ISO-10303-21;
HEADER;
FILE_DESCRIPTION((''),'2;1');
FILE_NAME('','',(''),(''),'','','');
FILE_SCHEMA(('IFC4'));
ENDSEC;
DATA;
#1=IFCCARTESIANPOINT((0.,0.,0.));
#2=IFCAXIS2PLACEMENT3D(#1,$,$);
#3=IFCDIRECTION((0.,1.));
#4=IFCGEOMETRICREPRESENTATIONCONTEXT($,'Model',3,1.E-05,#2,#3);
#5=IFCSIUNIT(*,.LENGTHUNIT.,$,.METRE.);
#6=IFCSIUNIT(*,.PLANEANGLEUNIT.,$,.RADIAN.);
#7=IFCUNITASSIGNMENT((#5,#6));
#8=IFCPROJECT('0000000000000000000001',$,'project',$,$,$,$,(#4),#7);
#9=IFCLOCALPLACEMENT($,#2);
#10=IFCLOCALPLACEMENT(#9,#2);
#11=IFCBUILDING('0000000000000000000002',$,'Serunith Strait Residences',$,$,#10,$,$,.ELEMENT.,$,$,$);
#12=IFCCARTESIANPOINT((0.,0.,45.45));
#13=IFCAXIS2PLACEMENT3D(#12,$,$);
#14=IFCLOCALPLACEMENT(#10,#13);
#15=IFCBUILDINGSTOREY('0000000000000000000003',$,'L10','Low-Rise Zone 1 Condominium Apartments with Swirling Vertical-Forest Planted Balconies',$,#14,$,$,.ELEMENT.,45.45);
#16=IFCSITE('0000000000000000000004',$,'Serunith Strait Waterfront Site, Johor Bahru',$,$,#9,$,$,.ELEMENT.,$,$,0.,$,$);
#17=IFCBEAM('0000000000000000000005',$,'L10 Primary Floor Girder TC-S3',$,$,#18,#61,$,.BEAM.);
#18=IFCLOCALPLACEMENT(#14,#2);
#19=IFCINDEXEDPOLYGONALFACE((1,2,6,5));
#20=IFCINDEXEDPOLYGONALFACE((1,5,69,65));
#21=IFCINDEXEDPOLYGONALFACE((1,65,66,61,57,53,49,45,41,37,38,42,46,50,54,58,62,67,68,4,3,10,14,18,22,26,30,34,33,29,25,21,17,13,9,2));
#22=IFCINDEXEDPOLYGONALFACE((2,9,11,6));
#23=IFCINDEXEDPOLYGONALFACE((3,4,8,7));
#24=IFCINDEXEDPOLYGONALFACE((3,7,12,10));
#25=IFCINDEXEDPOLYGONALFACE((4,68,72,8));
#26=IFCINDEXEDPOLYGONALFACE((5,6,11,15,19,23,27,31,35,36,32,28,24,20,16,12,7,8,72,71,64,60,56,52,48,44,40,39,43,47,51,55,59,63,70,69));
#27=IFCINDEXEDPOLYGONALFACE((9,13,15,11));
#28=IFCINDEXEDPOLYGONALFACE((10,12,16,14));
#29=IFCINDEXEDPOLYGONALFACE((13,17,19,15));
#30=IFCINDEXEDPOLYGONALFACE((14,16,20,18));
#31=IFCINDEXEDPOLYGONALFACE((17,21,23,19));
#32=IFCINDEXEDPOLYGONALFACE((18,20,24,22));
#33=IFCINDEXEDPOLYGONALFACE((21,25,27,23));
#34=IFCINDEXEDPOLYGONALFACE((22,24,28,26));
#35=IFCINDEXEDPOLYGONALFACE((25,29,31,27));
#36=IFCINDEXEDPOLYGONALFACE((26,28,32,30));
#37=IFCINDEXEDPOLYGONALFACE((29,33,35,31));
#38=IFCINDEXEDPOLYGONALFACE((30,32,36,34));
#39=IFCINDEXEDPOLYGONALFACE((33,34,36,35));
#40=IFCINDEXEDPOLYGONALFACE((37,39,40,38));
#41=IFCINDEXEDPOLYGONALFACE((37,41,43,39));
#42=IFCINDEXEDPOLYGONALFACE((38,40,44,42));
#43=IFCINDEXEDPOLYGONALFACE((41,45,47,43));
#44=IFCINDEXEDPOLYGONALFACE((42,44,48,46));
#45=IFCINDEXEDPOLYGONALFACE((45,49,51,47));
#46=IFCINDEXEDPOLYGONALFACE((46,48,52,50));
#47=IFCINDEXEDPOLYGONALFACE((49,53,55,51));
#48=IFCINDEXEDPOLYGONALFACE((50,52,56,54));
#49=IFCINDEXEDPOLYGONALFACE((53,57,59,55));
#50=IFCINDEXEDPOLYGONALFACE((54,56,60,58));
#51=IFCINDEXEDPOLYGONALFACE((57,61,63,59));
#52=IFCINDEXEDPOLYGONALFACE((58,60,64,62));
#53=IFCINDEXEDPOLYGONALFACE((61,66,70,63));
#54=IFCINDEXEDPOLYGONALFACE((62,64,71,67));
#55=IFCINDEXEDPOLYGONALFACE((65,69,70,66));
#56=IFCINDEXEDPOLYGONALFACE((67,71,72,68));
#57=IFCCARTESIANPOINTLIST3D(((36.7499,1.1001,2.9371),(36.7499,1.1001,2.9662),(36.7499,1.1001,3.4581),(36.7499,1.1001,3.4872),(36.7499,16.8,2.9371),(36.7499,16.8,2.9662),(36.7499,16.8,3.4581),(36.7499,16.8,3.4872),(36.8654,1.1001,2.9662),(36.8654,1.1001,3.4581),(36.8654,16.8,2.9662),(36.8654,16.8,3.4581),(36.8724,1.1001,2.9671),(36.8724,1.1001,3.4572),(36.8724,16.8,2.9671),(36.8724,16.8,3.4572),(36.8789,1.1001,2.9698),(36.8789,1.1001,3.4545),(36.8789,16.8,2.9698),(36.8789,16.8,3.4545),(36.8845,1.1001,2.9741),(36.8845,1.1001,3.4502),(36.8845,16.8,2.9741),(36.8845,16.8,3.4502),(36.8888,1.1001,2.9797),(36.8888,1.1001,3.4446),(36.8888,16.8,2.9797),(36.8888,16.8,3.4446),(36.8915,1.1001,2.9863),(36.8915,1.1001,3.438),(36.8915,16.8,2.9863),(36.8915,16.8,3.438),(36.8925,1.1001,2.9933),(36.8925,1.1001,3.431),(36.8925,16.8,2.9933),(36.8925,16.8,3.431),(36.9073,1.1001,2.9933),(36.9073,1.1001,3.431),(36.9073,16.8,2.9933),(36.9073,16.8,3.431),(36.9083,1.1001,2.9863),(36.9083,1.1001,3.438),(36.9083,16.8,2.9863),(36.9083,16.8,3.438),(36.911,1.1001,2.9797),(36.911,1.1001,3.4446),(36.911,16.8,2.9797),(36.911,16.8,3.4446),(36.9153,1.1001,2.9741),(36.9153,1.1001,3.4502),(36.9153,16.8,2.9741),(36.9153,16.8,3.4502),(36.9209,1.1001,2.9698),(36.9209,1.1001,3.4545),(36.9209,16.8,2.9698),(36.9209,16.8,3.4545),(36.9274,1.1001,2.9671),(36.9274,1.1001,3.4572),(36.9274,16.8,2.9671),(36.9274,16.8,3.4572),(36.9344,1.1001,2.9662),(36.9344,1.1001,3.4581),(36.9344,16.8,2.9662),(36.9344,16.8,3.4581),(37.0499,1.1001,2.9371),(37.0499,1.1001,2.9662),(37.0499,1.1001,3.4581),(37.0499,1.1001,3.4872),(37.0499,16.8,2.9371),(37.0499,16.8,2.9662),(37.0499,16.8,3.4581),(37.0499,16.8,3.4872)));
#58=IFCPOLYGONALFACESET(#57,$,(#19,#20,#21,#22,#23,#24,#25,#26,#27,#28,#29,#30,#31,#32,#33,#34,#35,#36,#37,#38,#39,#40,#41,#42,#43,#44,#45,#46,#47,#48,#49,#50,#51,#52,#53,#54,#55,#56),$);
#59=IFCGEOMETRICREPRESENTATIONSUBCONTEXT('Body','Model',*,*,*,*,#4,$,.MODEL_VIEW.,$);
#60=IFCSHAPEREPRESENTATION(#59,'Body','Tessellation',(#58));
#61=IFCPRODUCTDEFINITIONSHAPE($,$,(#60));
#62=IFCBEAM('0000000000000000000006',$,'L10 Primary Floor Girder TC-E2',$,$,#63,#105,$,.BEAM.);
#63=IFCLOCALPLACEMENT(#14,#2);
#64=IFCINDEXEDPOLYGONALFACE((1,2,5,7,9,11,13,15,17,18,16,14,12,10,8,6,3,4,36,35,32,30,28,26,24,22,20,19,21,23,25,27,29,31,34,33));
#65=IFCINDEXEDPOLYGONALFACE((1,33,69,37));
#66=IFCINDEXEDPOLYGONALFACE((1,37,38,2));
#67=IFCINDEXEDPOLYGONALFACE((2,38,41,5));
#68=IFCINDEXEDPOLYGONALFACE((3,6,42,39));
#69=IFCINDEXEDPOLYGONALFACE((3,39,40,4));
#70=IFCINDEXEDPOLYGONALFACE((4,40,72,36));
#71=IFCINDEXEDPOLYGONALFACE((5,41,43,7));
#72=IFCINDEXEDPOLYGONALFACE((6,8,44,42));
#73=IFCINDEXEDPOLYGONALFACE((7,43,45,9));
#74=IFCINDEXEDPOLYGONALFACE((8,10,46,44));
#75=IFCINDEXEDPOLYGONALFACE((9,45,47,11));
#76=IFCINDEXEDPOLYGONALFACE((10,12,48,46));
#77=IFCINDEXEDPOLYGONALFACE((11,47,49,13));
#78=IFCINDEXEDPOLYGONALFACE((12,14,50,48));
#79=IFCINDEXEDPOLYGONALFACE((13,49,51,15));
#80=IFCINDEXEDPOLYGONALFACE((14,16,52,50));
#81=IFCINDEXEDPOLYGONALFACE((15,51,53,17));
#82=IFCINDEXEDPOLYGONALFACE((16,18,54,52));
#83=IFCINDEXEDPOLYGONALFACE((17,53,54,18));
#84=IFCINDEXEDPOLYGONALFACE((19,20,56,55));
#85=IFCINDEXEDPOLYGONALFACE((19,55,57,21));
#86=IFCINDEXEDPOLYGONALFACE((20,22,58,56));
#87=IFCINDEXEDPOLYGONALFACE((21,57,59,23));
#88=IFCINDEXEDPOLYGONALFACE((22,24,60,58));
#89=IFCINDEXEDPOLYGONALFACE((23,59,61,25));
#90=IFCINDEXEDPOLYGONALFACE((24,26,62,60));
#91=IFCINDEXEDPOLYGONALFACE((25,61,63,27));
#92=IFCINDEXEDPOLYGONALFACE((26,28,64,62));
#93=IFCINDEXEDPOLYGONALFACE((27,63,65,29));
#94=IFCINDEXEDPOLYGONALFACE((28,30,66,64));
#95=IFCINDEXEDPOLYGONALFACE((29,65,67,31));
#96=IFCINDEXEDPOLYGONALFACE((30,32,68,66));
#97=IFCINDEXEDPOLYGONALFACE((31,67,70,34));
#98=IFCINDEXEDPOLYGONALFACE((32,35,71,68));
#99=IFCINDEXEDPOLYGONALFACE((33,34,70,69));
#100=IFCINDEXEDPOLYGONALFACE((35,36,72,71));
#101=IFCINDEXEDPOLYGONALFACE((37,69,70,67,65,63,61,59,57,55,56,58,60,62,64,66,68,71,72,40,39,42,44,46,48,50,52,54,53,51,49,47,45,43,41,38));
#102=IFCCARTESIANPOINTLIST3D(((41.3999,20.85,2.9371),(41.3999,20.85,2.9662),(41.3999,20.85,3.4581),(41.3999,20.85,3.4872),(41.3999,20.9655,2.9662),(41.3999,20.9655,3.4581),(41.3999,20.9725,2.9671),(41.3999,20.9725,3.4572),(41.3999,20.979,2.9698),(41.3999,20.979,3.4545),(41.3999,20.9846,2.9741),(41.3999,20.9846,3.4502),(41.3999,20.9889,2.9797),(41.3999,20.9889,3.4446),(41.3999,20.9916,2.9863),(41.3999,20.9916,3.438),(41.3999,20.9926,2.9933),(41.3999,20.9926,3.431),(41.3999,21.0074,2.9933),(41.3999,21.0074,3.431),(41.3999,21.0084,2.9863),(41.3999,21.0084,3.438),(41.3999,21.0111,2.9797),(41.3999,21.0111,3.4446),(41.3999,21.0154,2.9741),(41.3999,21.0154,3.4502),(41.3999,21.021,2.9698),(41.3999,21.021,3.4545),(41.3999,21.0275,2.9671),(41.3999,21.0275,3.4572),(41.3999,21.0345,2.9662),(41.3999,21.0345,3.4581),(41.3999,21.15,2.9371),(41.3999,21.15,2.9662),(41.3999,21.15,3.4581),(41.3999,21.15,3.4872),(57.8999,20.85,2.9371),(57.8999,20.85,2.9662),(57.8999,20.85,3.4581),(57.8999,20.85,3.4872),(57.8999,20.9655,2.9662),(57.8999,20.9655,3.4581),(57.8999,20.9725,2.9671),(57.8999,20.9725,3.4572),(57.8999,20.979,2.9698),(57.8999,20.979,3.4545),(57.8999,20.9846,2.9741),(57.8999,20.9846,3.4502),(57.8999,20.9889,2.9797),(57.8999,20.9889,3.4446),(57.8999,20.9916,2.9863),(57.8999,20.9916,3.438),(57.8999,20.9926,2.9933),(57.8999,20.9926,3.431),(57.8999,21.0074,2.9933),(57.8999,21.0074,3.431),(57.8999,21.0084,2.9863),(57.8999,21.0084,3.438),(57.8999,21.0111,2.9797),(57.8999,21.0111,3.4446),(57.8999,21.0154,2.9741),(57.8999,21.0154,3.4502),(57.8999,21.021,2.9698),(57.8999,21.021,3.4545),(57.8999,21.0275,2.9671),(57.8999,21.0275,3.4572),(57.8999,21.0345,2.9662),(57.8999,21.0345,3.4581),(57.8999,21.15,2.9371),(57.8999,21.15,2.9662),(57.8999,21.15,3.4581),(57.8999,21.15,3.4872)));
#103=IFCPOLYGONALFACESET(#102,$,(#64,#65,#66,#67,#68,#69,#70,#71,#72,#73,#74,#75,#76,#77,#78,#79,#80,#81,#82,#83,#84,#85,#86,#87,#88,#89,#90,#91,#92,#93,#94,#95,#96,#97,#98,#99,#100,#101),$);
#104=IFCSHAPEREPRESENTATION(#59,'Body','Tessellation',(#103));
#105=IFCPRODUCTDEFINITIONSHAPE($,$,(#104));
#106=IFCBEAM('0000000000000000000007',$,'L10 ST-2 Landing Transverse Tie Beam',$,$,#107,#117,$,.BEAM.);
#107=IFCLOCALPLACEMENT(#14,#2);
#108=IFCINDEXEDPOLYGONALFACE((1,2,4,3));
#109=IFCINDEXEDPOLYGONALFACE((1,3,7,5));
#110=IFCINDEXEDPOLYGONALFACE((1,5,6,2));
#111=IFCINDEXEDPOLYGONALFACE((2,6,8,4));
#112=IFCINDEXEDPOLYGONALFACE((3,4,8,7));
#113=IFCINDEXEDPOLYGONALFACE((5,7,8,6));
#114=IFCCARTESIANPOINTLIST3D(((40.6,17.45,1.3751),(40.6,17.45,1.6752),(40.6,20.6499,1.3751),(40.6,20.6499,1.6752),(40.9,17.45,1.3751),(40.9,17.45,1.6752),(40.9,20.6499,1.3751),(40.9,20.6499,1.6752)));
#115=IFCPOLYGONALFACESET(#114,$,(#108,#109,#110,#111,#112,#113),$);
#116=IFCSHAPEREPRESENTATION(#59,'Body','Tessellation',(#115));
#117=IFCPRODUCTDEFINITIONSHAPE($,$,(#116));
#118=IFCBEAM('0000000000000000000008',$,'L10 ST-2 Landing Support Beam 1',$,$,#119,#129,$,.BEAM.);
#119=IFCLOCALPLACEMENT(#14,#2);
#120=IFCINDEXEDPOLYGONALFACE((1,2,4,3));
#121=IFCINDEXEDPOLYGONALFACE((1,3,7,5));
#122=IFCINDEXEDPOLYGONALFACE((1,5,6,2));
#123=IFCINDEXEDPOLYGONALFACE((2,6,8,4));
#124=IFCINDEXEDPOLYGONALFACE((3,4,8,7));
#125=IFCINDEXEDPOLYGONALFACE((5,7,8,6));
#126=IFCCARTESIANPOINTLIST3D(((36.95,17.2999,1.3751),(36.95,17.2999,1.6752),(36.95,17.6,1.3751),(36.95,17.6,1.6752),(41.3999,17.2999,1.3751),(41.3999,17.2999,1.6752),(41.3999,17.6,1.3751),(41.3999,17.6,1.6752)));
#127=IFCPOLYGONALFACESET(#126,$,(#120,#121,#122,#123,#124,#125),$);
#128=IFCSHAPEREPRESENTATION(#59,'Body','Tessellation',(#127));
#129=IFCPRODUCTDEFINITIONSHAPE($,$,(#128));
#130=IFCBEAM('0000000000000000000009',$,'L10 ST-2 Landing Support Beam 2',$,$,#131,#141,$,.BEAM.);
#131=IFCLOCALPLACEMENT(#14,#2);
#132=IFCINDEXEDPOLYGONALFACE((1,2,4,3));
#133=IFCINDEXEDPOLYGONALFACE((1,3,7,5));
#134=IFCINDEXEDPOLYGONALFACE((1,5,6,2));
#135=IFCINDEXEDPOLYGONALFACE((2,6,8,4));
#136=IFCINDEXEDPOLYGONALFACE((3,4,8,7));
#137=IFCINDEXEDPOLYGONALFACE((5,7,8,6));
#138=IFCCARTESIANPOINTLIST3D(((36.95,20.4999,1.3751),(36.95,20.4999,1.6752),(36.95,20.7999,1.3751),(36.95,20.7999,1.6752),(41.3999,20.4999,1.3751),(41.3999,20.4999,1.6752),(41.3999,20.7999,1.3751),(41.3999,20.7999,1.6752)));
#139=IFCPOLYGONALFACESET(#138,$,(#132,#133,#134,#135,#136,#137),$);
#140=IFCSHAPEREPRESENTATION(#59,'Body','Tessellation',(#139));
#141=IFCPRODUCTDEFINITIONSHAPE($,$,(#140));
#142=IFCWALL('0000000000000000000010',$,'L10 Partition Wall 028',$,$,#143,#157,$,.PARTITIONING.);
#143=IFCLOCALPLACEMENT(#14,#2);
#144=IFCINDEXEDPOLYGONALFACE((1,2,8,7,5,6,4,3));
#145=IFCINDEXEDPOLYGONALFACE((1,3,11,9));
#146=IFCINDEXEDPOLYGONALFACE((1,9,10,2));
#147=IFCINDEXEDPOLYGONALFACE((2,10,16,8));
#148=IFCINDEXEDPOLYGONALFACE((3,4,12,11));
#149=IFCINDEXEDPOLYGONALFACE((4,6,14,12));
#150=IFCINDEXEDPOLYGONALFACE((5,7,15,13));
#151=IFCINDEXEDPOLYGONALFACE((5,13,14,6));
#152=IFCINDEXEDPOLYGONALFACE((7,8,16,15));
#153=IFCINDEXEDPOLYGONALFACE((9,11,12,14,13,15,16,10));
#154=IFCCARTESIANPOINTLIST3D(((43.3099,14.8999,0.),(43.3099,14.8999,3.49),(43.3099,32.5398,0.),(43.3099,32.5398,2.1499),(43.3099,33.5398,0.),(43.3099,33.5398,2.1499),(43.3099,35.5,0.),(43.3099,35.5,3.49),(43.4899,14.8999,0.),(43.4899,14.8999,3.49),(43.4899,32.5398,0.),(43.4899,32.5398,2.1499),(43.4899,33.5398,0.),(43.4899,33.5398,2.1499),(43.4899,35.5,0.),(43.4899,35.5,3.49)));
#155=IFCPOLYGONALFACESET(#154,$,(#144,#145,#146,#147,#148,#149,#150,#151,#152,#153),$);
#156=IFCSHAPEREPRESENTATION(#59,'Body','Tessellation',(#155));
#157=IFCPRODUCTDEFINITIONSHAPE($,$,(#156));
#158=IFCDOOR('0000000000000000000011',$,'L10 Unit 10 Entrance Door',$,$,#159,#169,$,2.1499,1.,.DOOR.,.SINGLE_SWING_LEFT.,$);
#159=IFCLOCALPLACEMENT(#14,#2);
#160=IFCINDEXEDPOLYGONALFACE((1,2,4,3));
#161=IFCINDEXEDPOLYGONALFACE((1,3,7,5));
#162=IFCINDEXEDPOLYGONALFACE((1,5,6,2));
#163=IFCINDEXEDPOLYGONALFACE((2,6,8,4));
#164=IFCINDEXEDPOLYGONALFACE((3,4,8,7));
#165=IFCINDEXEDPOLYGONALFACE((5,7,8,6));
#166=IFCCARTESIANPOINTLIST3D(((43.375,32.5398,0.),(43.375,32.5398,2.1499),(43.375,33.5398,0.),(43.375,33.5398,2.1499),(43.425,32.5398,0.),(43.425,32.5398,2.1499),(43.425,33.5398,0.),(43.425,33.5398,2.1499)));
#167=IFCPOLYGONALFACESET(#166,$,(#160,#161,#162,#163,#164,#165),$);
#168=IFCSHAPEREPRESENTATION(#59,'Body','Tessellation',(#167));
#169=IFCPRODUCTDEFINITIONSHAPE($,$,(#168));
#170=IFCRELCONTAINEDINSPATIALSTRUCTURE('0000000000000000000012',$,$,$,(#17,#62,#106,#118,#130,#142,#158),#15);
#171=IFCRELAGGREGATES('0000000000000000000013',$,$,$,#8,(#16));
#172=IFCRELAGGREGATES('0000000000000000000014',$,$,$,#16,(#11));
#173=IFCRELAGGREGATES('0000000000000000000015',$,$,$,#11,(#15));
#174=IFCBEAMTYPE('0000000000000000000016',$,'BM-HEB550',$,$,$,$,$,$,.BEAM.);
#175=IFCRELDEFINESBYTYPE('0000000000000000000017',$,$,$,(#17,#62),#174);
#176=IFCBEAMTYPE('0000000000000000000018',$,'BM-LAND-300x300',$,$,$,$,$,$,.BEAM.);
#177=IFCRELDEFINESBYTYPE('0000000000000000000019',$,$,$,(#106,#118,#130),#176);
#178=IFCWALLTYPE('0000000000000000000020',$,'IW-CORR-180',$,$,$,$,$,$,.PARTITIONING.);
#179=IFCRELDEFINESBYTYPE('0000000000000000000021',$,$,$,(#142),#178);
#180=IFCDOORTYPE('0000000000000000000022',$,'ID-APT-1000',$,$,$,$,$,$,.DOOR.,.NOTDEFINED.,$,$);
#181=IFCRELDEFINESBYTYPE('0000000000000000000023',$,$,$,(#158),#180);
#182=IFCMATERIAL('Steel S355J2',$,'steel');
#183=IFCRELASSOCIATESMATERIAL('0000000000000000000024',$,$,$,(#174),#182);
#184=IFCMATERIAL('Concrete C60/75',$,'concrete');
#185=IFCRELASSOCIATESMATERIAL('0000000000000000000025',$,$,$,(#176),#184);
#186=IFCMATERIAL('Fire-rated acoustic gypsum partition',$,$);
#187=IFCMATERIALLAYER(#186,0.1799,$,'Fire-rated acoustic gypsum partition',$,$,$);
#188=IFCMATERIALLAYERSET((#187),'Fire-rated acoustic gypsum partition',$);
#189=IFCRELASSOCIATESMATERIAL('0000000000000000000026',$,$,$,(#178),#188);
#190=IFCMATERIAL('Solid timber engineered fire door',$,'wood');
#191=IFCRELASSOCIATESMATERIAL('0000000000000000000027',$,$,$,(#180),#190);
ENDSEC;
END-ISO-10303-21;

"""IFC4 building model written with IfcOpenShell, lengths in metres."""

from ifc_helpers import new_model, si_unit, direction, frame, frame_2d, origin, origin_2d, place, context, subcontext, project, spatial, rectangle, i_section, extrude, source, transform, mapped, material, layer, layer_set, material_profile, profile_set, type_object, element, fill, save


model = new_model("IFC4")

# Units and contexts
model_context = context("Model", 3, precision=1e-05, world=origin(), true_north=direction((0.0, 1.0)))
body_context = subcontext(model_context, "Body", "Model", "MODEL_VIEW")
ifc_project = project(units=[si_unit("LENGTHUNIT", "METRE"), si_unit("PLANEANGLEUNIT", "RADIAN")], contexts=[model_context])

# Site, building, storey
site_placement = place(None, origin())
site = spatial("IfcSite", under=ifc_project, at=site_placement, Name="Serunith Strait Waterfront Site, Johor Bahru", CompositionType="ELEMENT", RefElevation=0.0)
building_placement = place(site_placement, origin())
building = spatial("IfcBuilding", under=site, at=building_placement, Name="Serunith Strait Residences", CompositionType="ELEMENT")
storey_placement = place(building_placement, frame((0.0, 0.0, 45.45)))
storey = spatial("IfcBuildingStorey", under=building, at=storey_placement, Name="L10", Description="Low-Rise Zone 1 Condominium Apartments with Swirling Vertical-Forest Planted Balconies", CompositionType="ELEMENT", Elevation=45.45)

# Beams
ifc_material_1 = material(Name="Steel S355J2", Category="steel")
ifc_material_profile_1 = material_profile(ifc_material_1, i_section(OverallWidth=0.3, OverallDepth=0.55, WebThickness=0.0149, FlangeThickness=0.0291, FilletRadius=0.0271, at=origin_2d()), Name="HEB 550")
ifc_profile_set_1 = profile_set([ifc_material_profile_1], Name="Steel S355J2")
beam_type_1 = type_object("IfcBeamType", Name="BM-HEB550", PredefinedType="BEAM", material=ifc_profile_set_1)
shared_shape_1 = source(origin(), body_context, "Body", "SweptSolid", [
    extrude(i_section(OverallWidth=0.3, OverallDepth=0.55, WebThickness=0.0149, FlangeThickness=0.0291, FilletRadius=0.0271, at=origin_2d()), origin(), (0.0, 0.0, 1.0), 15.7),
])
beam_1_placement = place(storey_placement, frame((36.8999, 16.8, 3.2122), z_axis=(0.0, -1.0, 0.0), x_axis=(1.0, 0.0, 0.0)))
element("IfcBeam", 1, at=beam_1_placement, inside=storey, type_object=beam_type_1, Name="L10 Primary Floor Girder TC-S3", PredefinedType="BEAM", context=body_context, shape_type="MappedRepresentation", body=[
    mapped(shared_shape_1, transform((0.0, 0.0, 0.0), scale=1.0)),
])
shared_shape_2 = source(origin(), body_context, "Body", "SweptSolid", [
    extrude(i_section(OverallWidth=0.3, OverallDepth=0.55, WebThickness=0.0149, FlangeThickness=0.0291, FilletRadius=0.0271, at=origin_2d()), origin(), (0.0, 0.0, 1.0), 16.5),
])
beam_2_placement = place(storey_placement, frame((41.3999, 21.0, 3.2122), z_axis=(1.0, 0.0, 0.0), x_axis=(0.0, 1.0, 0.0)))
element("IfcBeam", 2, at=beam_2_placement, inside=storey, type_object=beam_type_1, Name="L10 Primary Floor Girder TC-E2", PredefinedType="BEAM", context=body_context, shape_type="MappedRepresentation", body=[
    mapped(shared_shape_2, transform((0.0, 0.0, 0.0), scale=1.0)),
])
ifc_material_2 = material(Name="Concrete C60/75", Category="concrete")
ifc_material_profile_2 = material_profile(ifc_material_2, rectangle(XDim=0.3, YDim=0.3, at=origin_2d()), Name="RC 300x300")
ifc_profile_set_2 = profile_set([ifc_material_profile_2], Name="Concrete C60/75")
beam_type_2 = type_object("IfcBeamType", Name="BM-LAND-300x300", PredefinedType="BEAM", material=ifc_profile_set_2)
shared_shape_3 = source(origin(), body_context, "Body", "SweptSolid", [
    extrude(rectangle(XDim=0.3, YDim=0.3, at=origin_2d()), origin(), (0.0, 0.0, 1.0), 3.2),
])
beam_3_placement = place(storey_placement, frame((40.75, 17.45, 1.5251), z_axis=(0.0, 1.0, 0.0), x_axis=(-1.0, 0.0, 0.0)))
element("IfcBeam", 3, at=beam_3_placement, inside=storey, type_object=beam_type_2, Name="L10 ST-2 Landing Transverse Tie Beam", PredefinedType="BEAM", context=body_context, shape_type="MappedRepresentation", body=[
    mapped(shared_shape_3, transform((0.0, 0.0, 0.0), scale=1.0)),
])
shared_shape_4 = source(origin(), body_context, "Body", "SweptSolid", [
    extrude(rectangle(XDim=0.3, YDim=0.3, at=origin_2d()), origin(), (0.0, 0.0, 1.0), 4.45),
])
for number, where, z_axis, x_axis, name in (
    (4, (36.95, 17.45, 1.5251), (1.0, 0.0, 0.0), (0.0, 1.0, 0.0), "L10 ST-2 Landing Support Beam 1"),
    (5, (36.95, 20.6499, 1.5251), (1.0, 0.0, 0.0), (0.0, 1.0, 0.0), "L10 ST-2 Landing Support Beam 2"),
):
    element("IfcBeam", number, at=place(storey_placement, frame(where, z_axis=z_axis, x_axis=x_axis)), inside=storey, type_object=beam_type_2, Name=name, PredefinedType="BEAM", context=body_context, shape_type="MappedRepresentation", body=[
        mapped(shared_shape_4, transform((0.0, 0.0, 0.0), scale=1.0)),
    ])

# Wall, opening, door
ifc_material_3 = material(Name="Fire-rated acoustic gypsum partition")
ifc_layer_1 = layer(ifc_material_3, 0.1799, Name="Fire-rated acoustic gypsum partition")
ifc_layer_set_1 = layer_set([ifc_layer_1], Name="Fire-rated acoustic gypsum partition")
wall_type_1 = type_object("IfcWallType", Name="IW-CORR-180", PredefinedType="PARTITIONING", material=ifc_layer_set_1)
wall_1_placement = place(storey_placement, frame((43.3999, 14.8999, 0.0), z_axis=(0.0, 0.0, 1.0), x_axis=(0.0, 1.0, 0.0)))
wall_1 = element("IfcWall", 6, at=wall_1_placement, inside=storey, type_object=wall_type_1, Name="L10 Partition Wall 028", PredefinedType="PARTITIONING", context=body_context, shape_type="SweptSolid", body=[
    extrude(rectangle(XDim=20.6001, YDim=0.1799, at=frame_2d((10.3, 0.0))), origin(), (0.0, 0.0, 1.0), 3.49),
])
opening_1_placement = place(wall_1_placement, frame((17.6399, 0.0, 0.0)))
opening_1 = element("IfcOpeningElement", 7, at=opening_1_placement, cuts=wall_1, PredefinedType="OPENING", context=body_context, shape_type="SweptSolid", body=[
    extrude(rectangle(XDim=1.0, YDim=2.1499, at=frame_2d((0.5, 1.075))), frame((0.0, 0.1001, 0.0), z_axis=(0.0, -1.0, 0.0), x_axis=(1.0, 0.0, 0.0)), (0.0, 0.0, 1.0), 0.2),
])
ifc_material_4 = material(Name="Solid timber engineered fire door", Category="wood")
door_type_1 = type_object("IfcDoorType", Name="ID-APT-1000", OperationType="NOTDEFINED", PredefinedType="DOOR", material=ifc_material_4)
shared_shape_5 = source(origin(), body_context, "Body", "SweptSolid", [
    extrude(rectangle(XDim=1.0, YDim=2.1499, at=frame_2d((0.5, 1.075))), frame((0.0, 0.0249, 0.0), z_axis=(0.0, -1.0, 0.0), x_axis=(1.0, 0.0, 0.0)), (0.0, 0.0, 1.0), 0.05),
])
door_1_placement = place(opening_1_placement, origin())
door_1 = element("IfcDoor", 8, at=door_1_placement, inside=storey, type_object=door_type_1, Name="L10 Unit 10 Entrance Door", OperationType="SINGLE_SWING_LEFT", OverallHeight=2.1499, OverallWidth=1.0, PredefinedType="DOOR", context=body_context, shape_type="MappedRepresentation", body=[
    mapped(shared_shape_5, transform((0.0, 0.0, 0.0), scale=1.0)),
])
fill(opening_1, door_1)

save(model, "model.ifc")
